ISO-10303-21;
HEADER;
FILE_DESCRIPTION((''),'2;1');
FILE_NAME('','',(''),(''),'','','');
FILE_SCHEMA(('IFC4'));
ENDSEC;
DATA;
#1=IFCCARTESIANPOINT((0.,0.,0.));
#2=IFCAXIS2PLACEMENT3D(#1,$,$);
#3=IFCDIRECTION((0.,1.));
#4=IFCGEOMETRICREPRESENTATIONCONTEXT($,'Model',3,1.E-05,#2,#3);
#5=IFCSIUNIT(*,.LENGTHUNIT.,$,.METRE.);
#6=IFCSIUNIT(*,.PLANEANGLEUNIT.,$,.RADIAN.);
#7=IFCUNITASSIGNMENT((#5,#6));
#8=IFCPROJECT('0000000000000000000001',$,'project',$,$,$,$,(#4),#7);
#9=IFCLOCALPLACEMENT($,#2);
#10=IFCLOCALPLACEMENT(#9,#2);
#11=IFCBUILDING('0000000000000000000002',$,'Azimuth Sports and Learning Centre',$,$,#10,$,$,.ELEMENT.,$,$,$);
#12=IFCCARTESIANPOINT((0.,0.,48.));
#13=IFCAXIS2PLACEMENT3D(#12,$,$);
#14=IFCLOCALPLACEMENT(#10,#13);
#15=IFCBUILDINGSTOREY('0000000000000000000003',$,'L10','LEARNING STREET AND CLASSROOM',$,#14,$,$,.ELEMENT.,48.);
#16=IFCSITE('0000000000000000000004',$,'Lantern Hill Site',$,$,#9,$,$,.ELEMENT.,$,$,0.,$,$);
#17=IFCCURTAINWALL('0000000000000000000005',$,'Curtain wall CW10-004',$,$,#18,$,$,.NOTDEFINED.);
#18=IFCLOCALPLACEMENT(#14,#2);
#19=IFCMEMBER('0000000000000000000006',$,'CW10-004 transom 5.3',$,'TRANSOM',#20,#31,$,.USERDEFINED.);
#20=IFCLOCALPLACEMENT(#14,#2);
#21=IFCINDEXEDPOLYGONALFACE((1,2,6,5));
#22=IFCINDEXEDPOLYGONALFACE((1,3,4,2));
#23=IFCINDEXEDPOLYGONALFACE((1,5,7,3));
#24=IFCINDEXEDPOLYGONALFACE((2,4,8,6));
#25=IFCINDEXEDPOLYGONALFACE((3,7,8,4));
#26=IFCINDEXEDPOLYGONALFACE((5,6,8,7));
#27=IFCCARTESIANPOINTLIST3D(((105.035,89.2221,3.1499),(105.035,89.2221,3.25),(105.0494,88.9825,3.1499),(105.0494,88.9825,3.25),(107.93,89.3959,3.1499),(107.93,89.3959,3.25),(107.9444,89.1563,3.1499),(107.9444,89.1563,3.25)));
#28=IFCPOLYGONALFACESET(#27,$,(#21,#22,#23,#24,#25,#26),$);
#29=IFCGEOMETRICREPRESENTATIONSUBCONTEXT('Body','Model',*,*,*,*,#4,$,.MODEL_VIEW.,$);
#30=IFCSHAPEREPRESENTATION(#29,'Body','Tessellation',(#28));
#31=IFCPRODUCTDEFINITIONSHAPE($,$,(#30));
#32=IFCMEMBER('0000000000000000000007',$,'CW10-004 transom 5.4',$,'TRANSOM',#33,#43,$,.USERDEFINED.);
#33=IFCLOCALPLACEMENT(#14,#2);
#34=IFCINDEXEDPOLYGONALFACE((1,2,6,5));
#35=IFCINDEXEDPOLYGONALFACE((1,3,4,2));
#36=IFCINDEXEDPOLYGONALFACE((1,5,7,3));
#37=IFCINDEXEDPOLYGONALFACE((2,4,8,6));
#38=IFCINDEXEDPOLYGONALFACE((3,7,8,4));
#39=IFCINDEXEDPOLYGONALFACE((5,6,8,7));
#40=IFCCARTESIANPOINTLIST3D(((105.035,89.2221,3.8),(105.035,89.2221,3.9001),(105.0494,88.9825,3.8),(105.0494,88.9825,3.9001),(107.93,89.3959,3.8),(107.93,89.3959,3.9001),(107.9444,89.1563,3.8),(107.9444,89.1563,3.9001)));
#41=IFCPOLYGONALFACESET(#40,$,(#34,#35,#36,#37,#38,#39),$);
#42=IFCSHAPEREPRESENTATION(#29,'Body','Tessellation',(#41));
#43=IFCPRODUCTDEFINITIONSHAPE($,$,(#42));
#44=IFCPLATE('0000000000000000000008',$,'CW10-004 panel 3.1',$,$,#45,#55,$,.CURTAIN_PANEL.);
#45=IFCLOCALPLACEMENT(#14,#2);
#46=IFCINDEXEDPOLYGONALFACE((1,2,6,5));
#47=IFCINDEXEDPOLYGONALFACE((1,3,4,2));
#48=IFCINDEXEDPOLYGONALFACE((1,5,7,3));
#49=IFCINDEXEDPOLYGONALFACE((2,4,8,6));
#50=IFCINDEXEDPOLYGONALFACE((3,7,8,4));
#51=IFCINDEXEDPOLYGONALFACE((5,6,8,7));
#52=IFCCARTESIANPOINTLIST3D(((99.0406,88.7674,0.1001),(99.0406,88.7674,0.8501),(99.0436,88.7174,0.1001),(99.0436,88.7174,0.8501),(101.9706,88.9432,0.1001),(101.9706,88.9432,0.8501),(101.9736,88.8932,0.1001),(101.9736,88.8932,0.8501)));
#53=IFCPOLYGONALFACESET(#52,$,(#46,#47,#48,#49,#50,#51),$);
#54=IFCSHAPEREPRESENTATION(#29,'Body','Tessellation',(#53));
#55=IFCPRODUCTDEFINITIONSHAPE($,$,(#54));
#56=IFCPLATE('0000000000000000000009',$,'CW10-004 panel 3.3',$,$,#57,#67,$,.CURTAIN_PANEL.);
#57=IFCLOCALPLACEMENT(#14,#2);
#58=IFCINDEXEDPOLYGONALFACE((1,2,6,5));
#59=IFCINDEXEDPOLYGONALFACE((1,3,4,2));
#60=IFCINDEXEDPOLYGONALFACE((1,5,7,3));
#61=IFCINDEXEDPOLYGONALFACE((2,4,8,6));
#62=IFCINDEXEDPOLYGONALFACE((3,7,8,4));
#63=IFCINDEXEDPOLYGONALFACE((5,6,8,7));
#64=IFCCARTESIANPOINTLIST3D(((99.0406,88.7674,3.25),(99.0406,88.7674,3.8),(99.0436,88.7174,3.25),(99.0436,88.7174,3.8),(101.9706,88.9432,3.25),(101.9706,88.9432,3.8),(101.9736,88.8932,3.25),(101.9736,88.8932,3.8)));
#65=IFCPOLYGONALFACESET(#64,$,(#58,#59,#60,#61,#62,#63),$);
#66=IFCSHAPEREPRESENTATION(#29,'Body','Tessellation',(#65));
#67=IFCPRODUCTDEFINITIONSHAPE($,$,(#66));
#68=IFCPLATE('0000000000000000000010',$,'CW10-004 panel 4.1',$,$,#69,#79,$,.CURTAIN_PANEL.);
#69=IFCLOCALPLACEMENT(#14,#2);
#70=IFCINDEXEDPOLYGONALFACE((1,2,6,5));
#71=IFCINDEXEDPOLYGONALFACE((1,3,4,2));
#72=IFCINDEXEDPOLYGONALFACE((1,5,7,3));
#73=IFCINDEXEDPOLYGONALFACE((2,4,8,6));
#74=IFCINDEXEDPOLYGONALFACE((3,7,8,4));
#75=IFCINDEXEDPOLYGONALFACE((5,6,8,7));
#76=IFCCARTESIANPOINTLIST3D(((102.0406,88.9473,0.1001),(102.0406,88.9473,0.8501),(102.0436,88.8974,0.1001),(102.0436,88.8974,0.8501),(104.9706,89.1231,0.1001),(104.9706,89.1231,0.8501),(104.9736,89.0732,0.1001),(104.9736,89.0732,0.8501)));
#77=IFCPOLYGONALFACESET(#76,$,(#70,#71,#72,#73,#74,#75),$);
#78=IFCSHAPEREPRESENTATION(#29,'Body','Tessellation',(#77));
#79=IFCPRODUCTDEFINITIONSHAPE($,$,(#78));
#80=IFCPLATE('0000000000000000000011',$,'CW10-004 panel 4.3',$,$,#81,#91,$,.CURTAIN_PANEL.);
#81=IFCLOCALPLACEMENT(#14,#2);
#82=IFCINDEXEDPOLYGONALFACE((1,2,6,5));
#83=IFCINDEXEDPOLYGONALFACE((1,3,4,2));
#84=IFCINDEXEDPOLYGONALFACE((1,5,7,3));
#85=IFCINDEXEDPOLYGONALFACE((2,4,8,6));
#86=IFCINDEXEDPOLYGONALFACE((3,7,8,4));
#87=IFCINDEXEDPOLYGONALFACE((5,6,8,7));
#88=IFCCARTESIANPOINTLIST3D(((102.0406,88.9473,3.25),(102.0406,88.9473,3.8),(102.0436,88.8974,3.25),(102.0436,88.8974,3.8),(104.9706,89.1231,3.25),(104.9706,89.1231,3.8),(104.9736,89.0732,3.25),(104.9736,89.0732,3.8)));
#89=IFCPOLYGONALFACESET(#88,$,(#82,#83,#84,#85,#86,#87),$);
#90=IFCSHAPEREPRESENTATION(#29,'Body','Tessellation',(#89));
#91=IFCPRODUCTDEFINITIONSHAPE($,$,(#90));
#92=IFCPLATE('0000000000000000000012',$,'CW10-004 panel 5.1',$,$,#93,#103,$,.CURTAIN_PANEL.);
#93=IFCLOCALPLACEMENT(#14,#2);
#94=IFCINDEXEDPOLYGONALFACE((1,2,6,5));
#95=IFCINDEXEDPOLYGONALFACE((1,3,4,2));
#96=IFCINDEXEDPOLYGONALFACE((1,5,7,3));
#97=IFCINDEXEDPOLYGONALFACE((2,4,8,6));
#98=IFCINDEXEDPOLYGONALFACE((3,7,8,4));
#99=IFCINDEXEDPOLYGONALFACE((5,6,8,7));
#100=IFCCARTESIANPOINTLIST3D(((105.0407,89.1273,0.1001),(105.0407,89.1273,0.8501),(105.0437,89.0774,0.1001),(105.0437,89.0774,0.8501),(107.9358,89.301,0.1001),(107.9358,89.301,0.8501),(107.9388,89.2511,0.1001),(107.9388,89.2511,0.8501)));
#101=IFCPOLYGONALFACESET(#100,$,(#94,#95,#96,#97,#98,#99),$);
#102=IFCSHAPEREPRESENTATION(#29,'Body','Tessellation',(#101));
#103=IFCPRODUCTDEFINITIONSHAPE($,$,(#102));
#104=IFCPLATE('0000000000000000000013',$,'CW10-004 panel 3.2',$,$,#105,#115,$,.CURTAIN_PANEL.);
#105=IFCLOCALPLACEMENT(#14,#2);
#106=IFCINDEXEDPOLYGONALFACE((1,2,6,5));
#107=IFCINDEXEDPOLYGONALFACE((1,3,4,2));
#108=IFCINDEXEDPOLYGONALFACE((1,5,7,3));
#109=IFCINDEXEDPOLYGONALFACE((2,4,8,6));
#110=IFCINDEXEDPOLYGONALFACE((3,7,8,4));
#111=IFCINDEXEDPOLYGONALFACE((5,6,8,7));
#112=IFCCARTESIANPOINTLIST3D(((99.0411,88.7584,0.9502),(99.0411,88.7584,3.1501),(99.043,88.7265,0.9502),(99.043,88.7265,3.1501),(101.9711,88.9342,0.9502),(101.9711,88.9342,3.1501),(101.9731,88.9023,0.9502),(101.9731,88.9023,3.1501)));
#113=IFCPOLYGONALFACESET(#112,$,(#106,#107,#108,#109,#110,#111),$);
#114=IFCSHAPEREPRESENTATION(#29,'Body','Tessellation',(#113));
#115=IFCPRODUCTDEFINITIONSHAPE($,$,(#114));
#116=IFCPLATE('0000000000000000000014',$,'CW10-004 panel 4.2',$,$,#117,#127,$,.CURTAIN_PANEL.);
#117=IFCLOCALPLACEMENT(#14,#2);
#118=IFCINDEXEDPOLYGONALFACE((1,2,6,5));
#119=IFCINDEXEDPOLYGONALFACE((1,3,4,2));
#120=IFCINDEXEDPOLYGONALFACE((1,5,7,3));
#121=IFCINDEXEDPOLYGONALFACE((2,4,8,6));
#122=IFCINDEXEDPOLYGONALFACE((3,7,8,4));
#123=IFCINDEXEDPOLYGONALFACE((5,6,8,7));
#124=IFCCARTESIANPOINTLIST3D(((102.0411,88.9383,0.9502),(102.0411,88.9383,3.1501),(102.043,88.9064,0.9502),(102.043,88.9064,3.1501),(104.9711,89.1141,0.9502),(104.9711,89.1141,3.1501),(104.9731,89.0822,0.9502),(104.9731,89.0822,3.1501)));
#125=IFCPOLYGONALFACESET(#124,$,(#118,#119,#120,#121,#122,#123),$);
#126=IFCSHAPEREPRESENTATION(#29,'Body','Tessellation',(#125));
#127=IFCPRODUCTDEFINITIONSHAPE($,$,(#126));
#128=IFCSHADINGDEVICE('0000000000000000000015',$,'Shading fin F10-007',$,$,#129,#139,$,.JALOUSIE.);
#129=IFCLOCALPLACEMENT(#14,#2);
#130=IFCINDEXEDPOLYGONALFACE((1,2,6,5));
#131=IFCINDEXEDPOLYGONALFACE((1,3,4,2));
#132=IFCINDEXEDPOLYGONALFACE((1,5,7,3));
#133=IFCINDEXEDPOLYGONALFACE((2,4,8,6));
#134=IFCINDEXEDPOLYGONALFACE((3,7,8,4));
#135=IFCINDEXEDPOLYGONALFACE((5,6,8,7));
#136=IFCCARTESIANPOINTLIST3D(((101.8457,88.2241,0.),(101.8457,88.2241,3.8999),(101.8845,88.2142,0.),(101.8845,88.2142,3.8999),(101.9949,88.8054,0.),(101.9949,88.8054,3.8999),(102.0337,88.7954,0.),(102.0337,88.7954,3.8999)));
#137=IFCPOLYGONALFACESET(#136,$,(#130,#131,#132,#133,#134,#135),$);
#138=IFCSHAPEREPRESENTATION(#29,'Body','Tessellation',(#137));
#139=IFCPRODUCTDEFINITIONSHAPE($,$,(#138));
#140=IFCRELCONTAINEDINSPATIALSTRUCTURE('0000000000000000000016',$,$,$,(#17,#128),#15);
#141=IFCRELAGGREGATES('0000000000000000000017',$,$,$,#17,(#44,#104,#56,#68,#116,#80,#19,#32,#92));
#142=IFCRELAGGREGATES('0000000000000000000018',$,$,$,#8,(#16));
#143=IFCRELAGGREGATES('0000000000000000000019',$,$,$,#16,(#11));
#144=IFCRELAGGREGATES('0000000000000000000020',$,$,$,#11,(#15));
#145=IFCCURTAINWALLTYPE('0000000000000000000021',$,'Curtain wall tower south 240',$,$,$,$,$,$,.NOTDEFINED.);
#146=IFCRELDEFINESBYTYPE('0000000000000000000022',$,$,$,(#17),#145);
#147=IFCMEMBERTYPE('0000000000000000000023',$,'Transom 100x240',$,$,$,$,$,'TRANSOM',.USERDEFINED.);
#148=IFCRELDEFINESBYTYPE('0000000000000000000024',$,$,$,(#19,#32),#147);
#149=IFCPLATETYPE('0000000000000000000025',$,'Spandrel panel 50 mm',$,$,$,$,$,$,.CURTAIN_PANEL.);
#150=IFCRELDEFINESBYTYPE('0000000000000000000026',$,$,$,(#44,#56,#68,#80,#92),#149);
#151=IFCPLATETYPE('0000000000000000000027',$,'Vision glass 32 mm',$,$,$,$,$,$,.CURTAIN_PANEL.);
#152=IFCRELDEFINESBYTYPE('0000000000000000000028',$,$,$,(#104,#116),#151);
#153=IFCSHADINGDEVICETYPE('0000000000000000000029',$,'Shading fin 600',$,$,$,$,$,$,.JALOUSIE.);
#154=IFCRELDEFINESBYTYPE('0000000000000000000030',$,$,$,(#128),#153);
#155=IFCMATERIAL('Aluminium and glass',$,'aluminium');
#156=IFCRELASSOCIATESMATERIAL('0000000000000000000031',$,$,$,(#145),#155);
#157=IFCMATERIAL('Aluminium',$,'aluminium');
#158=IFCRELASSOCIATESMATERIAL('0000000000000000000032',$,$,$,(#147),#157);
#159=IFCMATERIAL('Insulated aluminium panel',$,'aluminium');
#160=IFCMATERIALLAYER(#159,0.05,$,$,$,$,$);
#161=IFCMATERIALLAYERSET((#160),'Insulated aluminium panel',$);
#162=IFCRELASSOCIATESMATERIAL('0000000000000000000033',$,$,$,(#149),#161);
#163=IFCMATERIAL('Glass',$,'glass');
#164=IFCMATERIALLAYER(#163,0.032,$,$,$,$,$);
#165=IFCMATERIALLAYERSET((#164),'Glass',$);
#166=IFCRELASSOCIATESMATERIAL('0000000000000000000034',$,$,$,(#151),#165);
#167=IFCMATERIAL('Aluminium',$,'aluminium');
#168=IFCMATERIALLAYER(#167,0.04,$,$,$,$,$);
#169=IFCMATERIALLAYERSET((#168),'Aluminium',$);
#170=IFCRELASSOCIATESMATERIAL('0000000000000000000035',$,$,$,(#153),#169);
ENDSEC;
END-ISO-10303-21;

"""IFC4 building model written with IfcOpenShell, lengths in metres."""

from ifc_helpers import new_model, si_unit, direction, frame, origin, origin_2d, place, context, subcontext, project, spatial, rectangle, extrude, material, layer, layer_set, material_profile, profile_set, type_object, element, aggregate, save


model = new_model("IFC4")

# Units and contexts
model_context = context("Model", 3, precision=1e-05, world=origin(), true_north=direction((0.0, 1.0)))
body_context = subcontext(model_context, "Body", "Model", "MODEL_VIEW")
ifc_project = project(units=[si_unit("LENGTHUNIT", "METRE"), si_unit("PLANEANGLEUNIT", "RADIAN")], contexts=[model_context])

# Site, building, storey
site_placement = place(None, origin())
site = spatial("IfcSite", under=ifc_project, at=site_placement, Name="Lantern Hill Site", CompositionType="ELEMENT", RefElevation=0.0)
building_placement = place(site_placement, origin())
building = spatial("IfcBuilding", under=site, at=building_placement, Name="Azimuth Sports and Learning Centre", CompositionType="ELEMENT")
storey_placement = place(building_placement, frame((0.0, 0.0, 48.0)))
storey = spatial("IfcBuildingStorey", under=building, at=storey_placement, Name="L10", Description="LEARNING STREET AND CLASSROOM", CompositionType="ELEMENT", Elevation=48.0)

# Curtain wall, members, plates
ifc_material_1 = material(Name="Aluminium and glass", Category="aluminium")
curtain_wall_type = type_object("IfcCurtainWallType", Name="Curtain wall tower south 240", PredefinedType="NOTDEFINED", material=ifc_material_1)
curtain_wall_placement = place(storey_placement, origin())
curtain_wall = element("IfcCurtainWall", 1, at=curtain_wall_placement, inside=storey, type_object=curtain_wall_type, Name="Curtain wall CW10-004", PredefinedType="NOTDEFINED")
ifc_material_2 = material(Name="Aluminium", Category="aluminium")
ifc_material_profile_1 = material_profile(ifc_material_2, rectangle(XDim=0.24, YDim=0.1001, at=origin_2d()), Name="Transom 100x240")
ifc_profile_set_1 = profile_set([ifc_material_profile_1], Name="Aluminium")
member_type_1 = type_object("IfcMemberType", Name="Transom 100x240", ElementType="TRANSOM", PredefinedType="USERDEFINED", material=ifc_profile_set_1)
member_1_placement = place(storey_placement, frame((105.0422, 89.1023, 3.2), z_axis=(0.998202, 0.059936, 0.0), x_axis=(-0.059936, 0.998202, 0.0)))
member_1 = element("IfcMember", 2, at=member_1_placement, type_object=member_type_1, Name="CW10-004 transom 5.3", ObjectType="TRANSOM", PredefinedType="USERDEFINED", context=body_context, shape_type="SweptSolid", body=[
    extrude(rectangle(XDim=0.24, YDim=0.1001, at=origin_2d()), origin(), (0.0, 0.0, 1.0), 2.9001),
])
member_2_placement = place(storey_placement, frame((105.0422, 89.1023, 3.8501), z_axis=(0.998202, 0.059936, 0.0), x_axis=(-0.059936, 0.998202, 0.0)))
member_2 = element("IfcMember", 3, at=member_2_placement, type_object=member_type_1, Name="CW10-004 transom 5.4", ObjectType="TRANSOM", PredefinedType="USERDEFINED", context=body_context, shape_type="SweptSolid", body=[
    extrude(rectangle(XDim=0.24, YDim=0.1001, at=origin_2d()), origin(), (0.0, 0.0, 1.0), 2.9001),
])
ifc_material_3 = material(Name="Insulated aluminium panel", Category="aluminium")
ifc_layer_1 = layer(ifc_material_3, 0.05)
ifc_layer_set_1 = layer_set([ifc_layer_1], Name="Insulated aluminium panel")
plate_type_1 = type_object("IfcPlateType", Name="Spandrel panel 50 mm", PredefinedType="CURTAIN_PANEL", material=ifc_layer_set_1)
plate_1_placement = place(storey_placement, frame((100.5071, 88.8303, 0.1001), z_axis=(0.0, 0.0, 1.0), x_axis=(0.998205, 0.059892, 0.0)))
plate_1 = element("IfcPlate", 4, at=plate_1_placement, type_object=plate_type_1, Name="CW10-004 panel 3.1", PredefinedType="CURTAIN_PANEL", context=body_context, shape_type="SweptSolid", body=[
    extrude(rectangle(XDim=2.9353, YDim=0.05, at=origin_2d()), origin(), (0.0, 0.0, 1.0), 0.75),
])
plate_2_placement = place(storey_placement, frame((100.5071, 88.8303, 3.25), z_axis=(0.0, 0.0, 1.0), x_axis=(0.998205, 0.059892, 0.0)))
plate_2 = element("IfcPlate", 5, at=plate_2_placement, type_object=plate_type_1, Name="CW10-004 panel 3.3", PredefinedType="CURTAIN_PANEL", context=body_context, shape_type="SweptSolid", body=[
    extrude(rectangle(XDim=2.9353, YDim=0.05, at=origin_2d()), origin(), (0.0, 0.0, 1.0), 0.55),
])
plate_3_placement = place(storey_placement, frame((103.5071, 89.0103, 0.1001), z_axis=(0.0, 0.0, 1.0), x_axis=(0.998205, 0.059892, 0.0)))
plate_3 = element("IfcPlate", 6, at=plate_3_placement, type_object=plate_type_1, Name="CW10-004 panel 4.1", PredefinedType="CURTAIN_PANEL", context=body_context, shape_type="SweptSolid", body=[
    extrude(rectangle(XDim=2.9353, YDim=0.05, at=origin_2d()), origin(), (0.0, 0.0, 1.0), 0.75),
])
plate_4_placement = place(storey_placement, frame((103.5071, 89.0103, 3.25), z_axis=(0.0, 0.0, 1.0), x_axis=(0.998205, 0.059892, 0.0)))
plate_4 = element("IfcPlate", 7, at=plate_4_placement, type_object=plate_type_1, Name="CW10-004 panel 4.3", PredefinedType="CURTAIN_PANEL", context=body_context, shape_type="SweptSolid", body=[
    extrude(rectangle(XDim=2.9353, YDim=0.05, at=origin_2d()), origin(), (0.0, 0.0, 1.0), 0.55),
])
plate_5_placement = place(storey_placement, frame((106.4897, 89.1892, 0.1001), z_axis=(0.0, 0.0, 1.0), x_axis=(0.998205, 0.059892, 0.0)))
plate_5 = element("IfcPlate", 8, at=plate_5_placement, type_object=plate_type_1, Name="CW10-004 panel 5.1", PredefinedType="CURTAIN_PANEL", context=body_context, shape_type="SweptSolid", body=[
    extrude(rectangle(XDim=2.9004, YDim=0.05, at=origin_2d()), origin(), (0.0, 0.0, 1.0), 0.75),
])
ifc_material_4 = material(Name="Glass", Category="glass")
ifc_layer_2 = layer(ifc_material_4, 0.032)
ifc_layer_set_2 = layer_set([ifc_layer_2], Name="Glass")
plate_type_2 = type_object("IfcPlateType", Name="Vision glass 32 mm", PredefinedType="CURTAIN_PANEL", material=ifc_layer_set_2)
plate_6_placement = place(storey_placement, frame((100.5071, 88.8303, 0.9502), z_axis=(0.0, 0.0, 1.0), x_axis=(0.998205, 0.059892, 0.0)))
plate_6 = element("IfcPlate", 9, at=plate_6_placement, type_object=plate_type_2, Name="CW10-004 panel 3.2", PredefinedType="CURTAIN_PANEL", context=body_context, shape_type="SweptSolid", body=[
    extrude(rectangle(XDim=2.9353, YDim=0.032, at=origin_2d()), origin(), (0.0, 0.0, 1.0), 2.2),
])
plate_7_placement = place(storey_placement, frame((103.5071, 89.0103, 0.9502), z_axis=(0.0, 0.0, 1.0), x_axis=(0.998205, 0.059892, 0.0)))
plate_7 = element("IfcPlate", 10, at=plate_7_placement, type_object=plate_type_2, Name="CW10-004 panel 4.2", PredefinedType="CURTAIN_PANEL", context=body_context, shape_type="SweptSolid", body=[
    extrude(rectangle(XDim=2.9353, YDim=0.032, at=origin_2d()), origin(), (0.0, 0.0, 1.0), 2.2),
])
aggregate(curtain_wall, [plate_1, plate_6, plate_2, plate_3, plate_7, plate_4, member_1, member_2, plate_5])

# Shading device
ifc_material_5 = material(Name="Aluminium", Category="aluminium")
ifc_layer_3 = layer(ifc_material_5, 0.04)
ifc_layer_set_3 = layer_set([ifc_layer_3], Name="Aluminium")
shading_device_type = type_object("IfcShadingDeviceType", Name="Shading fin 600", PredefinedType="JALOUSIE", material=ifc_layer_set_3)
shading_device_placement = place(storey_placement, frame((101.9397, 88.5098, 0.0), z_axis=(0.0, 0.0, 1.0), x_axis=(-0.248721, -0.968575, 0.0)))
element("IfcShadingDevice", 11, at=shading_device_placement, inside=storey, type_object=shading_device_type, Name="Shading fin F10-007", PredefinedType="JALOUSIE", context=body_context, shape_type="SweptSolid", body=[
    extrude(rectangle(XDim=0.6001, YDim=0.04, at=origin_2d()), origin(), (0.0, 0.0, 1.0), 3.8999),
])

save(model, "model.ifc")
